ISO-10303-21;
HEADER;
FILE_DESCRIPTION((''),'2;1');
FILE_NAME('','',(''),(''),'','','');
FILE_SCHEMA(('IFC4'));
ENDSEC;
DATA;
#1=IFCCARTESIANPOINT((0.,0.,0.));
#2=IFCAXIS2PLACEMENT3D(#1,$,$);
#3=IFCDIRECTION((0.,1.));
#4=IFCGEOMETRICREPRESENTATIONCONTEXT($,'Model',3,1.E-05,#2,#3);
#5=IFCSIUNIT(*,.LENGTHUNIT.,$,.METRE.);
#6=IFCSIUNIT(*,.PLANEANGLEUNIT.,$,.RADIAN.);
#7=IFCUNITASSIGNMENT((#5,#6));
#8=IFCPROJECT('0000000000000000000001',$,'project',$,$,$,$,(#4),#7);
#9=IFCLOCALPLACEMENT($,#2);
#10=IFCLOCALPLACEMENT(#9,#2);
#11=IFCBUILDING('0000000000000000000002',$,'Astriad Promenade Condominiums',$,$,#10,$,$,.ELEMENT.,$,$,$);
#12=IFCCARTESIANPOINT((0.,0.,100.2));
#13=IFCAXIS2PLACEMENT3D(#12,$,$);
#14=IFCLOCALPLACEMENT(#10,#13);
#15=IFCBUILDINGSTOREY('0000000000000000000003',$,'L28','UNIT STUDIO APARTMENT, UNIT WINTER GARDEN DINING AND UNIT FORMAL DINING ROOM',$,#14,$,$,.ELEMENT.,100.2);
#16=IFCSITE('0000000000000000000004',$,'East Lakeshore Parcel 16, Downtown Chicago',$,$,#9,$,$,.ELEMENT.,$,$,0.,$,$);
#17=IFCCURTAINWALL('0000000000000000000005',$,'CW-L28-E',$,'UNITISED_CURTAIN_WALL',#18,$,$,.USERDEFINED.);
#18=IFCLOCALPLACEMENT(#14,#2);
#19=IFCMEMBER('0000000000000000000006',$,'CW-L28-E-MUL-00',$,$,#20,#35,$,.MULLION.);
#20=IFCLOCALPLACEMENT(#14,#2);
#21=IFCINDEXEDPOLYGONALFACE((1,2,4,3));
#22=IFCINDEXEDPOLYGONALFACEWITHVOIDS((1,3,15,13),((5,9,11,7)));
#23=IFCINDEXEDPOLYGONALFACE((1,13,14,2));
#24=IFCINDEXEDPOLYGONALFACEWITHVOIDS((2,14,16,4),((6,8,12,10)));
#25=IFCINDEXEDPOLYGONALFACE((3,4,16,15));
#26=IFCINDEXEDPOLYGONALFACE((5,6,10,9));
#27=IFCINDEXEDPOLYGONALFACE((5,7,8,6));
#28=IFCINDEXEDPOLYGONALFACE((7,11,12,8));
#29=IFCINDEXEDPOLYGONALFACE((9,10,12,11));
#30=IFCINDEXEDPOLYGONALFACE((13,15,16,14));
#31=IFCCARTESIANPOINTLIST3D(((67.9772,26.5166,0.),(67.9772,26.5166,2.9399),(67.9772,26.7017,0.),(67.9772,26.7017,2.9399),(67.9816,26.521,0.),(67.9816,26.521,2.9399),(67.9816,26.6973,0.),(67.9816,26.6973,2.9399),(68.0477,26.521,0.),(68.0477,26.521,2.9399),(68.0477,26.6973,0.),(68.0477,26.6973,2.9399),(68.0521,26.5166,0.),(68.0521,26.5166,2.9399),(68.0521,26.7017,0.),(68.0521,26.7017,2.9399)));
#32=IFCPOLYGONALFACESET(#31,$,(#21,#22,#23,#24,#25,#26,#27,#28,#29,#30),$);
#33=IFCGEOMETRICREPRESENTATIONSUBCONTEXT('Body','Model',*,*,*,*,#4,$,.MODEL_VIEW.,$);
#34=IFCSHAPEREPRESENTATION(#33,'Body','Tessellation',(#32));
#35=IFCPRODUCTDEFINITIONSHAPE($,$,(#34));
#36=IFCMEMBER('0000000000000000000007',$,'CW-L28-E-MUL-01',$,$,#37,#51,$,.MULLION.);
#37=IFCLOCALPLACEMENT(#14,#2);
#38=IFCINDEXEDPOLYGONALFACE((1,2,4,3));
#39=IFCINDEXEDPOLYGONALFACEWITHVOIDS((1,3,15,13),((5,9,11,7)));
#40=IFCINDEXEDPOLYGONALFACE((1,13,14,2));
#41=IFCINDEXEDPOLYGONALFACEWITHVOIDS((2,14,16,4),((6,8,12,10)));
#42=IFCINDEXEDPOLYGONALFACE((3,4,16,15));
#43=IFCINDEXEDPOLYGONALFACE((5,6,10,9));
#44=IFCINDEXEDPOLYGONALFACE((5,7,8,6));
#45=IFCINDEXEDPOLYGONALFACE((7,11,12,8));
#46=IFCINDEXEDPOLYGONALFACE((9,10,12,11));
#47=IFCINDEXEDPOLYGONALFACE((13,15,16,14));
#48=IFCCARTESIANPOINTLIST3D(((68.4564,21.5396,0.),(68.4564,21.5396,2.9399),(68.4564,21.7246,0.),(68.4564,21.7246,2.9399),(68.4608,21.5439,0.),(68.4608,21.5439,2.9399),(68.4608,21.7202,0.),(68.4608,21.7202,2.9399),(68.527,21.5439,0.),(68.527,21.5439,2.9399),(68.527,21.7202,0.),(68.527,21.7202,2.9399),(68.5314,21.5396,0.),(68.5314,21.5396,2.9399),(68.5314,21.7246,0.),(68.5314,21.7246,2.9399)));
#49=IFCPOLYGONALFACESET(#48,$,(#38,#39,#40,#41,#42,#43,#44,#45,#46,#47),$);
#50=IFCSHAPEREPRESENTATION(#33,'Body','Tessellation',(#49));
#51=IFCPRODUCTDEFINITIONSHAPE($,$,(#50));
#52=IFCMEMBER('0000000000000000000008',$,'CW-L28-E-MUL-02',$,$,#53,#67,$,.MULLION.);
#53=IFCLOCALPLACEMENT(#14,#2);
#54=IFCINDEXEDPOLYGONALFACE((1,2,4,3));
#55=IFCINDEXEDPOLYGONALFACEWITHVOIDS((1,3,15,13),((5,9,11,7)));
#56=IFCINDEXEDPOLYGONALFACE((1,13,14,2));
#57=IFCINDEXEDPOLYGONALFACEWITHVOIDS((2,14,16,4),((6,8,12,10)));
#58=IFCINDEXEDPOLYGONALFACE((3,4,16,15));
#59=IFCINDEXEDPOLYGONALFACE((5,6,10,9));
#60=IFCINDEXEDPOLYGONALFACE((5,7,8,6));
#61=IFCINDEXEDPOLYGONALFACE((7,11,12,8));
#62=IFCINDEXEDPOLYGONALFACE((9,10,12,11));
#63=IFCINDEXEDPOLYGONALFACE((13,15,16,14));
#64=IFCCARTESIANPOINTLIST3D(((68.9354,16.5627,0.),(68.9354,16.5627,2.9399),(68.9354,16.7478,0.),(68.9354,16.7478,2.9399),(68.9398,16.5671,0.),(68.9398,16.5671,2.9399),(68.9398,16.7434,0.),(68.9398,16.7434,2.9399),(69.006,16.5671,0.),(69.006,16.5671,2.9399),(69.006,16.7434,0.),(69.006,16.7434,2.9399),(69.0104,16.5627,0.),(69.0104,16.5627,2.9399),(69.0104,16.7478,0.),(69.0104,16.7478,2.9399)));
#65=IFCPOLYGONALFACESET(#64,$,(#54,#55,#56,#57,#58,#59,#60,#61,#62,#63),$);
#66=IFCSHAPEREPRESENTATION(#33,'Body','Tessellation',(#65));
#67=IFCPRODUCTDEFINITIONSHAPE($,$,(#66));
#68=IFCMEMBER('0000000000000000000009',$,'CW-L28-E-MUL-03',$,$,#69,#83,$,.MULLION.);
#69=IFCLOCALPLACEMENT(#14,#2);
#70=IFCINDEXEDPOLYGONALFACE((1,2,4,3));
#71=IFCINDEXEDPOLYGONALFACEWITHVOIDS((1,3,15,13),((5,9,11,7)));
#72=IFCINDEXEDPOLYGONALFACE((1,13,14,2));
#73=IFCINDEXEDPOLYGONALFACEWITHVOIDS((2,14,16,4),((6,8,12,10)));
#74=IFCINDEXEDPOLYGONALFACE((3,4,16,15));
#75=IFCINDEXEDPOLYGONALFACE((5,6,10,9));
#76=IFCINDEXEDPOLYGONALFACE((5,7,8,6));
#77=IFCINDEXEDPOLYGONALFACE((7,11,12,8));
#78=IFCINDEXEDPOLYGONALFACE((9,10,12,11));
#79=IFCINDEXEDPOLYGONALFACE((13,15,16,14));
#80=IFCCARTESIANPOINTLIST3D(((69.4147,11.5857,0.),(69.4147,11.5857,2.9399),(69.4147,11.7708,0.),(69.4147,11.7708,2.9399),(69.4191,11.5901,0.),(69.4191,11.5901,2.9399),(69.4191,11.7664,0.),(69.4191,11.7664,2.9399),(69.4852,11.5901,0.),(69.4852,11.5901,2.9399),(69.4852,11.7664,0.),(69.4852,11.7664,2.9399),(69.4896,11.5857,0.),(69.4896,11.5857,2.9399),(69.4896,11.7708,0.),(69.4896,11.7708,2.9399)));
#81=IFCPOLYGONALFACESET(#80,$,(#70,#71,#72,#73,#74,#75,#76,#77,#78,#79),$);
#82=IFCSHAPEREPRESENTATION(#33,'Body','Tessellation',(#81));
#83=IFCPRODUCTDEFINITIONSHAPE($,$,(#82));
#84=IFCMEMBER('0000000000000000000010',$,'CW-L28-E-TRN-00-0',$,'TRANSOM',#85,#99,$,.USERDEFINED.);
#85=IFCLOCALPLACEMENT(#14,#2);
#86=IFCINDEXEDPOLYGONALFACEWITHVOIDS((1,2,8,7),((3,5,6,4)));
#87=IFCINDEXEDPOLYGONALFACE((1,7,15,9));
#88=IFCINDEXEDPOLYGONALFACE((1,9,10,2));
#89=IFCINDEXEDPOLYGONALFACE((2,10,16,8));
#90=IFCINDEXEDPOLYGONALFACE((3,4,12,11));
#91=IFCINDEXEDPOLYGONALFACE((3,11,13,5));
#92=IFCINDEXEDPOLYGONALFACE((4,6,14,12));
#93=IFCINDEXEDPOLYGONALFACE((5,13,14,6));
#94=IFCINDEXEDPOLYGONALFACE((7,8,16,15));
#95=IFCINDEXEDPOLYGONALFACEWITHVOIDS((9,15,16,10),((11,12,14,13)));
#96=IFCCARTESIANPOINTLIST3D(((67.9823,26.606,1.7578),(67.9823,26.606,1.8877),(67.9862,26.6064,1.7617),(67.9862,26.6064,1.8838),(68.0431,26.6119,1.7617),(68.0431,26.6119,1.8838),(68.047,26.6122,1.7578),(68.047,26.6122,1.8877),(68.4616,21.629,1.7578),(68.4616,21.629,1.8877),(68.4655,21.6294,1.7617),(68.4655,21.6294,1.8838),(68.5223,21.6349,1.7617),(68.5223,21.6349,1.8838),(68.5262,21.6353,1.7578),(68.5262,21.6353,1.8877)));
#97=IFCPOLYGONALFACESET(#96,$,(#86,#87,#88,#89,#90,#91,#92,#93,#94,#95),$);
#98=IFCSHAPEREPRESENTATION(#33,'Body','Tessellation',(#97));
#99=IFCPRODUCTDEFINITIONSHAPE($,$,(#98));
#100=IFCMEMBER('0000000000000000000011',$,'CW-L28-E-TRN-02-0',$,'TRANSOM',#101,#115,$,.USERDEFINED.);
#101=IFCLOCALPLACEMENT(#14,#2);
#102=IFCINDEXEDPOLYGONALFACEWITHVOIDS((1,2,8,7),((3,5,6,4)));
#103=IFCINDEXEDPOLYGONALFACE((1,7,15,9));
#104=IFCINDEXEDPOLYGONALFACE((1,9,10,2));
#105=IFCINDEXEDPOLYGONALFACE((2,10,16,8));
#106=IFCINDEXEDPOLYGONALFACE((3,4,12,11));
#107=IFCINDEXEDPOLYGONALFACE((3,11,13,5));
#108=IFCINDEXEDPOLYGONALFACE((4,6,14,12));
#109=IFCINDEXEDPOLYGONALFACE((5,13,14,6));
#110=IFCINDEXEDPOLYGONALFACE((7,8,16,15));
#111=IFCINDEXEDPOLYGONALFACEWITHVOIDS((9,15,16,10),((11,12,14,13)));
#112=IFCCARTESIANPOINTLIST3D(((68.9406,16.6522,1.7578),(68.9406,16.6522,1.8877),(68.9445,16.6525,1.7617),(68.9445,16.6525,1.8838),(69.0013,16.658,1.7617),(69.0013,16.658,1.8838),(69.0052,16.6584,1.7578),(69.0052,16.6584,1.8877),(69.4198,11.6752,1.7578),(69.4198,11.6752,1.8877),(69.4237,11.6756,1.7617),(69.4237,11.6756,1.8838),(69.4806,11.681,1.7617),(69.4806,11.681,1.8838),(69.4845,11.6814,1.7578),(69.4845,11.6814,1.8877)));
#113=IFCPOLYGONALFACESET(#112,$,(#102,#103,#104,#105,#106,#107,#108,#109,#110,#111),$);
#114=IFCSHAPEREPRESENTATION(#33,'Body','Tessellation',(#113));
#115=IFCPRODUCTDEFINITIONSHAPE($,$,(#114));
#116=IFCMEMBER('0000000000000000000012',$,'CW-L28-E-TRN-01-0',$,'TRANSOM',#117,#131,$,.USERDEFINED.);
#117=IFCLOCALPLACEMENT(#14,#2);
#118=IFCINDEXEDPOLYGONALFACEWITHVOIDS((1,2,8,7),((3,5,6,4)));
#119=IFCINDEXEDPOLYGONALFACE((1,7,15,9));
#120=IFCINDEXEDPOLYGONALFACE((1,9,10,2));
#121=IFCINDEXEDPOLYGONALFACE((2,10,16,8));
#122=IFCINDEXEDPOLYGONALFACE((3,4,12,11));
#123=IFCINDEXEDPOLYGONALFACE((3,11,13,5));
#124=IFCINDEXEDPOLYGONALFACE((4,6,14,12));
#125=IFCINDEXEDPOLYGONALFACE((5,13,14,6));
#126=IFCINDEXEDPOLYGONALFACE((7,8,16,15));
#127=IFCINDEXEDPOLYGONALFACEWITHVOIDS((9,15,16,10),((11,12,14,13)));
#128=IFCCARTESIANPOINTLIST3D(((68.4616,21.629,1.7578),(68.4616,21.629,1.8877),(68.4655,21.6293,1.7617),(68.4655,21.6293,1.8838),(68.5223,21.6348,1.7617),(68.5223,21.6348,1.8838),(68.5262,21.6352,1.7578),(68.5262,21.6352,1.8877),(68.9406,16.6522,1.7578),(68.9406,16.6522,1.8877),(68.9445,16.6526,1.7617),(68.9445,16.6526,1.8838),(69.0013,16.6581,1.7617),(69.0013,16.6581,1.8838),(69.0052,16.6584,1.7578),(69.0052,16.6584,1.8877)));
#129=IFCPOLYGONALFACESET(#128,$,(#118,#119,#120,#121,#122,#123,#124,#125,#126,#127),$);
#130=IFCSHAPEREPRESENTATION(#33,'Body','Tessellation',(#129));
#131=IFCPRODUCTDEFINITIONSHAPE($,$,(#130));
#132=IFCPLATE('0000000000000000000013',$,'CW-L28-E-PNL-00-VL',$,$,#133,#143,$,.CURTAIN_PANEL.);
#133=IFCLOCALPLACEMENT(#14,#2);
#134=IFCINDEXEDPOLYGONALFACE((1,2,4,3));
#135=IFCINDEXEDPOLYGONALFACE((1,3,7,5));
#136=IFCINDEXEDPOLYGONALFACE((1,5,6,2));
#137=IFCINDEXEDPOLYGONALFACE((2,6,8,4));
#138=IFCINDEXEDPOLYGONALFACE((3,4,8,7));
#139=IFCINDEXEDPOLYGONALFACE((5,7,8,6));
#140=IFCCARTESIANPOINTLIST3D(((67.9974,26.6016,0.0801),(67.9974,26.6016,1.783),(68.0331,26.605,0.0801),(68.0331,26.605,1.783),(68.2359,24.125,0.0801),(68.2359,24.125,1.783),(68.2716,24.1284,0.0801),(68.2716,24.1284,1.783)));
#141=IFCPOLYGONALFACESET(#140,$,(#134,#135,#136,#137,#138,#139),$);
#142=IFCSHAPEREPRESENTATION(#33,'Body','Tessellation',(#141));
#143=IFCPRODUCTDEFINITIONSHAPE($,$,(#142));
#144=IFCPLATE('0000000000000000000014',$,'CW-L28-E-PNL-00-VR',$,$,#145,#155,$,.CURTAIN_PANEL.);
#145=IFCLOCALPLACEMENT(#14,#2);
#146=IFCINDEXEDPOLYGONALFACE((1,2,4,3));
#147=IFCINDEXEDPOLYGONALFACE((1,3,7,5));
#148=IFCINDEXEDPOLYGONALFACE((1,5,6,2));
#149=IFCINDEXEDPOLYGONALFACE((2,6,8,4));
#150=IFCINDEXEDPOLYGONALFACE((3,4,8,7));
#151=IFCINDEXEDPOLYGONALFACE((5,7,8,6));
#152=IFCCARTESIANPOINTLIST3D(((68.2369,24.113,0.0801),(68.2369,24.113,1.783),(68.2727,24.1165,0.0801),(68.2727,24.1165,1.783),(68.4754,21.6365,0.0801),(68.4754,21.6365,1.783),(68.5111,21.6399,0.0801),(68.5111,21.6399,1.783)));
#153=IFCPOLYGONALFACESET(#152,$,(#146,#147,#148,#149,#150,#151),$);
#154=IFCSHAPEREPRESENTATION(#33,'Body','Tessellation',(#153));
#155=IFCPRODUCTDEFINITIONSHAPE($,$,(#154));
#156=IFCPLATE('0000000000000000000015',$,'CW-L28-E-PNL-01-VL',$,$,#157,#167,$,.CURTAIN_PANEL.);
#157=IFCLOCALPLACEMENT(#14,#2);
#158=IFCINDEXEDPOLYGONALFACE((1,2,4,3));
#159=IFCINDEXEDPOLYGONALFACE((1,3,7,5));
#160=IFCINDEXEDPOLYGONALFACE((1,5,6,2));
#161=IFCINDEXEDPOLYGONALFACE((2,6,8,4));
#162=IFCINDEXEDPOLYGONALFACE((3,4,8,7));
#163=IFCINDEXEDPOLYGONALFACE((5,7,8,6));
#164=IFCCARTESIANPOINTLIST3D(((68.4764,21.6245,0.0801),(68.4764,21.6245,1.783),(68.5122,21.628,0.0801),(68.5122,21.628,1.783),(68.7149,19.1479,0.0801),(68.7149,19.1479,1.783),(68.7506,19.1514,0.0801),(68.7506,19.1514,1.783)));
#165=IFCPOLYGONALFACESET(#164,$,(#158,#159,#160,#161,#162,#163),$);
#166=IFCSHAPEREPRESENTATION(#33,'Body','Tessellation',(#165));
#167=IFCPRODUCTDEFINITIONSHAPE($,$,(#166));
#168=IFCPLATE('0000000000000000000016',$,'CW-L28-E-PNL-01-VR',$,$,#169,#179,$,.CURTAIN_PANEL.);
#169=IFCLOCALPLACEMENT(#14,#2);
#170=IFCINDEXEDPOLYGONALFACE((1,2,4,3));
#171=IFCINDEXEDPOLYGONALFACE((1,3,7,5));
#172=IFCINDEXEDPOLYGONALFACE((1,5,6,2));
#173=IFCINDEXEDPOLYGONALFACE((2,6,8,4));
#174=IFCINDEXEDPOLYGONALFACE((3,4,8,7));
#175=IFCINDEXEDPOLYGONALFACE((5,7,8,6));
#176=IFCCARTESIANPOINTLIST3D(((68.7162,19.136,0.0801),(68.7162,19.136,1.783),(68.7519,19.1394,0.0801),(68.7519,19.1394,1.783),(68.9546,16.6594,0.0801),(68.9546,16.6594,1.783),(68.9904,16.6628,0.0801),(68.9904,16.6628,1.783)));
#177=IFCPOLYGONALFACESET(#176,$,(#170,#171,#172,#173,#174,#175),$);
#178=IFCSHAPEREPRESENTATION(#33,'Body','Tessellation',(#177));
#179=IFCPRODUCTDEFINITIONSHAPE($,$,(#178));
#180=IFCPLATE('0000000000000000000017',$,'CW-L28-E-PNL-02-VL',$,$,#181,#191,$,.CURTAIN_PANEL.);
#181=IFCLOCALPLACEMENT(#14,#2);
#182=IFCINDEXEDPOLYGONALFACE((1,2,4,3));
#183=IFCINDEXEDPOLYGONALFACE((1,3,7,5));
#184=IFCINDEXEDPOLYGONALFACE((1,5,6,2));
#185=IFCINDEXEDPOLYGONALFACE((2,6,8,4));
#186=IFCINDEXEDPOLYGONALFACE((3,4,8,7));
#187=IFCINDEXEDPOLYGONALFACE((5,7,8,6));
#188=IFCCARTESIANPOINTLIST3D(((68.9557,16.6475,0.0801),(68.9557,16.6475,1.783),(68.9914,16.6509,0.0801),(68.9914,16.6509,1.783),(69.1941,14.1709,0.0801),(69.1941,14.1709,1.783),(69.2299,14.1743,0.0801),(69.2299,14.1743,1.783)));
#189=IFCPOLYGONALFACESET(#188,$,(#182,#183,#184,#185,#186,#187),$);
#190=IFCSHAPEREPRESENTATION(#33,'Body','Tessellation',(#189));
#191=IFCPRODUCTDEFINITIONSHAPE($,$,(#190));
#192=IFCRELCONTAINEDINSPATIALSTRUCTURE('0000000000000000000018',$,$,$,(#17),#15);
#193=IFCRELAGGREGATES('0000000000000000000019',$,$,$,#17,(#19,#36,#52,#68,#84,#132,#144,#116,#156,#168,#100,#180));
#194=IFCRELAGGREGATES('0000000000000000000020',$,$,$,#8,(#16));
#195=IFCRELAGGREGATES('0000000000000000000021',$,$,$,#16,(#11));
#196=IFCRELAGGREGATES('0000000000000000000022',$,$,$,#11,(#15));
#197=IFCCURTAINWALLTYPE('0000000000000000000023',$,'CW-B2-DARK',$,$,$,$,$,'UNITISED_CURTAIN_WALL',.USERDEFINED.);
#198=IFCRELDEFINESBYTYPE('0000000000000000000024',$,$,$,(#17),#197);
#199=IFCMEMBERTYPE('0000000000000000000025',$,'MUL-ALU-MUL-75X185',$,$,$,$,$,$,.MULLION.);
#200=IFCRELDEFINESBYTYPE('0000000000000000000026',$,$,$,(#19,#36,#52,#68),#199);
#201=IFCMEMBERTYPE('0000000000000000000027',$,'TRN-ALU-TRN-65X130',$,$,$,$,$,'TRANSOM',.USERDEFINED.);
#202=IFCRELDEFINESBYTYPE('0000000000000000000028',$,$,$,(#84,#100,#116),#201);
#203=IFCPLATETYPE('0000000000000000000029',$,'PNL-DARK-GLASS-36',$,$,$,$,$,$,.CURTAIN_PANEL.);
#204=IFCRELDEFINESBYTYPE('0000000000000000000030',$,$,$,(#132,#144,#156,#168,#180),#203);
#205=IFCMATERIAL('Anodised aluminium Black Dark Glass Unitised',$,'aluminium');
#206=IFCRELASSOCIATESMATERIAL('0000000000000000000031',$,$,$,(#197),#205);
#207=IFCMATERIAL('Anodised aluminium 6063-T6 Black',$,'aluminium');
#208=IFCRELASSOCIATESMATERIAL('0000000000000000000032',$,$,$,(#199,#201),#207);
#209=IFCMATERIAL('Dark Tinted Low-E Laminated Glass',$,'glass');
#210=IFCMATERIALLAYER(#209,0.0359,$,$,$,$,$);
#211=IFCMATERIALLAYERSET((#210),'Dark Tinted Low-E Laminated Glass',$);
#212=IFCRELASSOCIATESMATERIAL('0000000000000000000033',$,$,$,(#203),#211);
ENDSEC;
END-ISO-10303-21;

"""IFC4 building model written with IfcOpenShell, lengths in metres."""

from ifc_helpers import new_model, si_unit, direction, frame, origin, origin_2d, place, context, subcontext, project, spatial, rectangle, hollow_rectangle, extrude, source, transform, mapped, material, layer, layer_set, material_profile, profile_set, type_object, type_shapes, element, aggregate, save


model = new_model("IFC4")

# Units and contexts
model_context = context("Model", 3, precision=1e-05, world=origin(), true_north=direction((0.0, 1.0)))
body_context = subcontext(model_context, "Body", "Model", "MODEL_VIEW")
ifc_project = project(units=[si_unit("LENGTHUNIT", "METRE"), si_unit("PLANEANGLEUNIT", "RADIAN")], contexts=[model_context])

# Site, building, storey
site_placement = place(None, origin())
site = spatial("IfcSite", under=ifc_project, at=site_placement, Name="East Lakeshore Parcel 16, Downtown Chicago", CompositionType="ELEMENT", RefElevation=0.0)
building_placement = place(site_placement, origin())
building = spatial("IfcBuilding", under=site, at=building_placement, Name="Astriad Promenade Condominiums", CompositionType="ELEMENT")
storey_placement = place(building_placement, frame((0.0, 0.0, 100.2)))
storey = spatial("IfcBuildingStorey", under=building, at=storey_placement, Name="L28", Description="UNIT STUDIO APARTMENT, UNIT WINTER GARDEN DINING AND UNIT FORMAL DINING ROOM", CompositionType="ELEMENT", Elevation=100.2)

# Curtain wall, members, plates
ifc_material_1 = material(Name="Anodised aluminium Black Dark Glass Unitised", Category="aluminium")
curtain_wall_type = type_object("IfcCurtainWallType", Name="CW-B2-DARK", ElementType="UNITISED_CURTAIN_WALL", PredefinedType="USERDEFINED", material=ifc_material_1)
curtain_wall_placement = place(storey_placement, origin())
curtain_wall = element("IfcCurtainWall", 1, at=curtain_wall_placement, inside=storey, type_object=curtain_wall_type, Name="CW-L28-E", ObjectType="UNITISED_CURTAIN_WALL", PredefinedType="USERDEFINED")
ifc_material_2 = material(Name="Anodised aluminium 6063-T6 Black", Category="aluminium")
ifc_material_profile_1 = material_profile(ifc_material_2, hollow_rectangle(XDim=0.075, YDim=0.1851, WallThickness=0.0044, at=origin_2d()), Name="ALU-MUL-75X185")
ifc_profile_set_1 = profile_set([ifc_material_profile_1], Name="Anodised aluminium 6063-T6 Black")
member_type_1 = type_object("IfcMemberType", Name="MUL-ALU-MUL-75X185", PredefinedType="MULLION", material=ifc_profile_set_1)
shared_shape_1 = source(origin(), body_context, "Body", "SweptSolid", [
    extrude(hollow_rectangle(XDim=0.075, YDim=0.1851, WallThickness=0.0044, at=origin_2d()), origin(), (0.0, 0.0, 1.0), 2.9399),
])
type_shapes(member_type_1, [shared_shape_1])
member_1_placement = place(storey_placement, frame((68.0146, 26.6091, 0.0), z_axis=(0.0, 0.0, 1.0), x_axis=(1.0, 0.0, 0.0)))
member_1 = element("IfcMember", 2, at=member_1_placement, type_object=member_type_1, Name="CW-L28-E-MUL-00", PredefinedType="MULLION", context=body_context, shape_type="MappedRepresentation", body=[
    mapped(shared_shape_1, transform((0.0, 0.0, 0.0), scale=1.0)),
])
member_2_placement = place(storey_placement, frame((68.4939, 21.6321, 0.0), z_axis=(0.0, 0.0, 1.0), x_axis=(1.0, 0.0, 0.0)))
member_2 = element("IfcMember", 3, at=member_2_placement, type_object=member_type_1, Name="CW-L28-E-MUL-01", PredefinedType="MULLION", context=body_context, shape_type="MappedRepresentation", body=[
    mapped(shared_shape_1, transform((0.0, 0.0, 0.0), scale=1.0)),
])
member_3_placement = place(storey_placement, frame((68.9729, 16.6553, 0.0), z_axis=(0.0, 0.0, 1.0), x_axis=(1.0, 0.0, 0.0)))
member_3 = element("IfcMember", 4, at=member_3_placement, type_object=member_type_1, Name="CW-L28-E-MUL-02", PredefinedType="MULLION", context=body_context, shape_type="MappedRepresentation", body=[
    mapped(shared_shape_1, transform((0.0, 0.0, 0.0), scale=1.0)),
])
member_4_placement = place(storey_placement, frame((69.4521, 11.6782, 0.0), z_axis=(0.0, 0.0, 1.0), x_axis=(1.0, 0.0, 0.0)))
member_4 = element("IfcMember", 5, at=member_4_placement, type_object=member_type_1, Name="CW-L28-E-MUL-03", PredefinedType="MULLION", context=body_context, shape_type="MappedRepresentation", body=[
    mapped(shared_shape_1, transform((0.0, 0.0, 0.0), scale=1.0)),
])
ifc_material_profile_2 = material_profile(ifc_material_2, hollow_rectangle(XDim=0.0649, YDim=0.1299, WallThickness=0.0039, at=origin_2d()), Name="ALU-TRN-65X130")
ifc_profile_set_2 = profile_set([ifc_material_profile_2], Name="Anodised aluminium 6063-T6 Black")
member_type_2 = type_object("IfcMemberType", Name="TRN-ALU-TRN-65X130", ElementType="TRANSOM", PredefinedType="USERDEFINED", material=ifc_profile_set_2)
shared_shape_2 = source(origin(), body_context, "Body", "SweptSolid", [
    extrude(hollow_rectangle(XDim=0.0649, YDim=0.1299, WallThickness=0.0039, at=origin_2d()), origin(), (0.0, 0.0, 1.0), 5.0),
])
member_5_placement = place(storey_placement, frame((68.0146, 26.6091, 1.8228), z_axis=(0.095848, -0.995396, 0.0), x_axis=(0.995396, 0.095848, 0.0)))
member_5 = element("IfcMember", 6, at=member_5_placement, type_object=member_type_2, Name="CW-L28-E-TRN-00-0", ObjectType="TRANSOM", PredefinedType="USERDEFINED", context=body_context, shape_type="MappedRepresentation", body=[
    mapped(shared_shape_2, transform((0.0, 0.0, 0.0), scale=1.0)),
])
member_6_placement = place(storey_placement, frame((68.9729, 16.6553, 1.8228), z_axis=(0.095848, -0.995396, 0.0), x_axis=(0.995396, 0.095848, 0.0)))
member_6 = element("IfcMember", 7, at=member_6_placement, type_object=member_type_2, Name="CW-L28-E-TRN-02-0", ObjectType="TRANSOM", PredefinedType="USERDEFINED", context=body_context, shape_type="MappedRepresentation", body=[
    mapped(shared_shape_2, transform((0.0, 0.0, 0.0), scale=1.0)),
])
shared_shape_3 = source(origin(), body_context, "Body", "SweptSolid", [
    extrude(hollow_rectangle(XDim=0.0649, YDim=0.1299, WallThickness=0.0039, at=origin_2d()), origin(), (0.0, 0.0, 1.0), 4.9998),
])
type_shapes(member_type_2, [shared_shape_2, shared_shape_3])
member_7_placement = place(storey_placement, frame((68.4939, 21.6321, 1.8228), z_axis=(0.095805, -0.9954, 0.0), x_axis=(0.9954, 0.095805, 0.0)))
member_7 = element("IfcMember", 8, at=member_7_placement, type_object=member_type_2, Name="CW-L28-E-TRN-01-0", ObjectType="TRANSOM", PredefinedType="USERDEFINED", context=body_context, shape_type="MappedRepresentation", body=[
    mapped(shared_shape_3, transform((0.0, 0.0, 0.0), scale=1.0)),
])
ifc_material_3 = material(Name="Dark Tinted Low-E Laminated Glass", Category="glass")
ifc_layer_1 = layer(ifc_material_3, 0.0359)
ifc_layer_set_1 = layer_set([ifc_layer_1], Name="Dark Tinted Low-E Laminated Glass")
plate_type = type_object("IfcPlateType", Name="PNL-DARK-GLASS-36", PredefinedType="CURTAIN_PANEL", material=ifc_layer_set_1)
shared_shape_4 = source(origin(), body_context, "Body", "SweptSolid", [
    extrude(rectangle(XDim=2.488, YDim=0.0359, at=origin_2d()), origin(), (0.0, 0.0, 1.0), 1.7029),
])
plate_1_placement = place(storey_placement, frame((68.1345, 25.365, 0.0801), z_axis=(0.0, 0.0, 1.0), x_axis=(0.095846, -0.995396, 0.0)))
plate_1 = element("IfcPlate", 9, at=plate_1_placement, type_object=plate_type, Name="CW-L28-E-PNL-00-VL", PredefinedType="CURTAIN_PANEL", context=body_context, shape_type="MappedRepresentation", body=[
    mapped(shared_shape_4, transform((0.0, 0.0, 0.0), scale=1.0)),
])
plate_2_placement = place(storey_placement, frame((68.374, 22.8765, 0.0801), z_axis=(0.0, 0.0, 1.0), x_axis=(0.095846, -0.995396, 0.0)))
plate_2 = element("IfcPlate", 10, at=plate_2_placement, type_object=plate_type, Name="CW-L28-E-PNL-00-VR", PredefinedType="CURTAIN_PANEL", context=body_context, shape_type="MappedRepresentation", body=[
    mapped(shared_shape_4, transform((0.0, 0.0, 0.0), scale=1.0)),
])
plate_3_placement = place(storey_placement, frame((68.6135, 20.3879, 0.0801), z_axis=(0.0, 0.0, 1.0), x_axis=(0.095846, -0.995396, 0.0)))
plate_3 = element("IfcPlate", 11, at=plate_3_placement, type_object=plate_type, Name="CW-L28-E-PNL-01-VL", PredefinedType="CURTAIN_PANEL", context=body_context, shape_type="MappedRepresentation", body=[
    mapped(shared_shape_4, transform((0.0, 0.0, 0.0), scale=1.0)),
])
plate_4_placement = place(storey_placement, frame((68.8533, 17.8994, 0.0801), z_axis=(0.0, 0.0, 1.0), x_axis=(0.095846, -0.995396, 0.0)))
plate_4 = element("IfcPlate", 12, at=plate_4_placement, type_object=plate_type, Name="CW-L28-E-PNL-01-VR", PredefinedType="CURTAIN_PANEL", context=body_context, shape_type="MappedRepresentation", body=[
    mapped(shared_shape_4, transform((0.0, 0.0, 0.0), scale=1.0)),
])
plate_5_placement = place(storey_placement, frame((69.0928, 15.4109, 0.0801), z_axis=(0.0, 0.0, 1.0), x_axis=(0.095846, -0.995396, 0.0)))
plate_5 = element("IfcPlate", 13, at=plate_5_placement, type_object=plate_type, Name="CW-L28-E-PNL-02-VL", PredefinedType="CURTAIN_PANEL", context=body_context, shape_type="MappedRepresentation", body=[
    mapped(shared_shape_4, transform((0.0, 0.0, 0.0), scale=1.0)),
])
aggregate(curtain_wall, [member_1, member_2, member_3, member_4, member_5, plate_1, plate_2, member_7, plate_3, plate_4, member_6, plate_5])

save(model, "model.ifc")
